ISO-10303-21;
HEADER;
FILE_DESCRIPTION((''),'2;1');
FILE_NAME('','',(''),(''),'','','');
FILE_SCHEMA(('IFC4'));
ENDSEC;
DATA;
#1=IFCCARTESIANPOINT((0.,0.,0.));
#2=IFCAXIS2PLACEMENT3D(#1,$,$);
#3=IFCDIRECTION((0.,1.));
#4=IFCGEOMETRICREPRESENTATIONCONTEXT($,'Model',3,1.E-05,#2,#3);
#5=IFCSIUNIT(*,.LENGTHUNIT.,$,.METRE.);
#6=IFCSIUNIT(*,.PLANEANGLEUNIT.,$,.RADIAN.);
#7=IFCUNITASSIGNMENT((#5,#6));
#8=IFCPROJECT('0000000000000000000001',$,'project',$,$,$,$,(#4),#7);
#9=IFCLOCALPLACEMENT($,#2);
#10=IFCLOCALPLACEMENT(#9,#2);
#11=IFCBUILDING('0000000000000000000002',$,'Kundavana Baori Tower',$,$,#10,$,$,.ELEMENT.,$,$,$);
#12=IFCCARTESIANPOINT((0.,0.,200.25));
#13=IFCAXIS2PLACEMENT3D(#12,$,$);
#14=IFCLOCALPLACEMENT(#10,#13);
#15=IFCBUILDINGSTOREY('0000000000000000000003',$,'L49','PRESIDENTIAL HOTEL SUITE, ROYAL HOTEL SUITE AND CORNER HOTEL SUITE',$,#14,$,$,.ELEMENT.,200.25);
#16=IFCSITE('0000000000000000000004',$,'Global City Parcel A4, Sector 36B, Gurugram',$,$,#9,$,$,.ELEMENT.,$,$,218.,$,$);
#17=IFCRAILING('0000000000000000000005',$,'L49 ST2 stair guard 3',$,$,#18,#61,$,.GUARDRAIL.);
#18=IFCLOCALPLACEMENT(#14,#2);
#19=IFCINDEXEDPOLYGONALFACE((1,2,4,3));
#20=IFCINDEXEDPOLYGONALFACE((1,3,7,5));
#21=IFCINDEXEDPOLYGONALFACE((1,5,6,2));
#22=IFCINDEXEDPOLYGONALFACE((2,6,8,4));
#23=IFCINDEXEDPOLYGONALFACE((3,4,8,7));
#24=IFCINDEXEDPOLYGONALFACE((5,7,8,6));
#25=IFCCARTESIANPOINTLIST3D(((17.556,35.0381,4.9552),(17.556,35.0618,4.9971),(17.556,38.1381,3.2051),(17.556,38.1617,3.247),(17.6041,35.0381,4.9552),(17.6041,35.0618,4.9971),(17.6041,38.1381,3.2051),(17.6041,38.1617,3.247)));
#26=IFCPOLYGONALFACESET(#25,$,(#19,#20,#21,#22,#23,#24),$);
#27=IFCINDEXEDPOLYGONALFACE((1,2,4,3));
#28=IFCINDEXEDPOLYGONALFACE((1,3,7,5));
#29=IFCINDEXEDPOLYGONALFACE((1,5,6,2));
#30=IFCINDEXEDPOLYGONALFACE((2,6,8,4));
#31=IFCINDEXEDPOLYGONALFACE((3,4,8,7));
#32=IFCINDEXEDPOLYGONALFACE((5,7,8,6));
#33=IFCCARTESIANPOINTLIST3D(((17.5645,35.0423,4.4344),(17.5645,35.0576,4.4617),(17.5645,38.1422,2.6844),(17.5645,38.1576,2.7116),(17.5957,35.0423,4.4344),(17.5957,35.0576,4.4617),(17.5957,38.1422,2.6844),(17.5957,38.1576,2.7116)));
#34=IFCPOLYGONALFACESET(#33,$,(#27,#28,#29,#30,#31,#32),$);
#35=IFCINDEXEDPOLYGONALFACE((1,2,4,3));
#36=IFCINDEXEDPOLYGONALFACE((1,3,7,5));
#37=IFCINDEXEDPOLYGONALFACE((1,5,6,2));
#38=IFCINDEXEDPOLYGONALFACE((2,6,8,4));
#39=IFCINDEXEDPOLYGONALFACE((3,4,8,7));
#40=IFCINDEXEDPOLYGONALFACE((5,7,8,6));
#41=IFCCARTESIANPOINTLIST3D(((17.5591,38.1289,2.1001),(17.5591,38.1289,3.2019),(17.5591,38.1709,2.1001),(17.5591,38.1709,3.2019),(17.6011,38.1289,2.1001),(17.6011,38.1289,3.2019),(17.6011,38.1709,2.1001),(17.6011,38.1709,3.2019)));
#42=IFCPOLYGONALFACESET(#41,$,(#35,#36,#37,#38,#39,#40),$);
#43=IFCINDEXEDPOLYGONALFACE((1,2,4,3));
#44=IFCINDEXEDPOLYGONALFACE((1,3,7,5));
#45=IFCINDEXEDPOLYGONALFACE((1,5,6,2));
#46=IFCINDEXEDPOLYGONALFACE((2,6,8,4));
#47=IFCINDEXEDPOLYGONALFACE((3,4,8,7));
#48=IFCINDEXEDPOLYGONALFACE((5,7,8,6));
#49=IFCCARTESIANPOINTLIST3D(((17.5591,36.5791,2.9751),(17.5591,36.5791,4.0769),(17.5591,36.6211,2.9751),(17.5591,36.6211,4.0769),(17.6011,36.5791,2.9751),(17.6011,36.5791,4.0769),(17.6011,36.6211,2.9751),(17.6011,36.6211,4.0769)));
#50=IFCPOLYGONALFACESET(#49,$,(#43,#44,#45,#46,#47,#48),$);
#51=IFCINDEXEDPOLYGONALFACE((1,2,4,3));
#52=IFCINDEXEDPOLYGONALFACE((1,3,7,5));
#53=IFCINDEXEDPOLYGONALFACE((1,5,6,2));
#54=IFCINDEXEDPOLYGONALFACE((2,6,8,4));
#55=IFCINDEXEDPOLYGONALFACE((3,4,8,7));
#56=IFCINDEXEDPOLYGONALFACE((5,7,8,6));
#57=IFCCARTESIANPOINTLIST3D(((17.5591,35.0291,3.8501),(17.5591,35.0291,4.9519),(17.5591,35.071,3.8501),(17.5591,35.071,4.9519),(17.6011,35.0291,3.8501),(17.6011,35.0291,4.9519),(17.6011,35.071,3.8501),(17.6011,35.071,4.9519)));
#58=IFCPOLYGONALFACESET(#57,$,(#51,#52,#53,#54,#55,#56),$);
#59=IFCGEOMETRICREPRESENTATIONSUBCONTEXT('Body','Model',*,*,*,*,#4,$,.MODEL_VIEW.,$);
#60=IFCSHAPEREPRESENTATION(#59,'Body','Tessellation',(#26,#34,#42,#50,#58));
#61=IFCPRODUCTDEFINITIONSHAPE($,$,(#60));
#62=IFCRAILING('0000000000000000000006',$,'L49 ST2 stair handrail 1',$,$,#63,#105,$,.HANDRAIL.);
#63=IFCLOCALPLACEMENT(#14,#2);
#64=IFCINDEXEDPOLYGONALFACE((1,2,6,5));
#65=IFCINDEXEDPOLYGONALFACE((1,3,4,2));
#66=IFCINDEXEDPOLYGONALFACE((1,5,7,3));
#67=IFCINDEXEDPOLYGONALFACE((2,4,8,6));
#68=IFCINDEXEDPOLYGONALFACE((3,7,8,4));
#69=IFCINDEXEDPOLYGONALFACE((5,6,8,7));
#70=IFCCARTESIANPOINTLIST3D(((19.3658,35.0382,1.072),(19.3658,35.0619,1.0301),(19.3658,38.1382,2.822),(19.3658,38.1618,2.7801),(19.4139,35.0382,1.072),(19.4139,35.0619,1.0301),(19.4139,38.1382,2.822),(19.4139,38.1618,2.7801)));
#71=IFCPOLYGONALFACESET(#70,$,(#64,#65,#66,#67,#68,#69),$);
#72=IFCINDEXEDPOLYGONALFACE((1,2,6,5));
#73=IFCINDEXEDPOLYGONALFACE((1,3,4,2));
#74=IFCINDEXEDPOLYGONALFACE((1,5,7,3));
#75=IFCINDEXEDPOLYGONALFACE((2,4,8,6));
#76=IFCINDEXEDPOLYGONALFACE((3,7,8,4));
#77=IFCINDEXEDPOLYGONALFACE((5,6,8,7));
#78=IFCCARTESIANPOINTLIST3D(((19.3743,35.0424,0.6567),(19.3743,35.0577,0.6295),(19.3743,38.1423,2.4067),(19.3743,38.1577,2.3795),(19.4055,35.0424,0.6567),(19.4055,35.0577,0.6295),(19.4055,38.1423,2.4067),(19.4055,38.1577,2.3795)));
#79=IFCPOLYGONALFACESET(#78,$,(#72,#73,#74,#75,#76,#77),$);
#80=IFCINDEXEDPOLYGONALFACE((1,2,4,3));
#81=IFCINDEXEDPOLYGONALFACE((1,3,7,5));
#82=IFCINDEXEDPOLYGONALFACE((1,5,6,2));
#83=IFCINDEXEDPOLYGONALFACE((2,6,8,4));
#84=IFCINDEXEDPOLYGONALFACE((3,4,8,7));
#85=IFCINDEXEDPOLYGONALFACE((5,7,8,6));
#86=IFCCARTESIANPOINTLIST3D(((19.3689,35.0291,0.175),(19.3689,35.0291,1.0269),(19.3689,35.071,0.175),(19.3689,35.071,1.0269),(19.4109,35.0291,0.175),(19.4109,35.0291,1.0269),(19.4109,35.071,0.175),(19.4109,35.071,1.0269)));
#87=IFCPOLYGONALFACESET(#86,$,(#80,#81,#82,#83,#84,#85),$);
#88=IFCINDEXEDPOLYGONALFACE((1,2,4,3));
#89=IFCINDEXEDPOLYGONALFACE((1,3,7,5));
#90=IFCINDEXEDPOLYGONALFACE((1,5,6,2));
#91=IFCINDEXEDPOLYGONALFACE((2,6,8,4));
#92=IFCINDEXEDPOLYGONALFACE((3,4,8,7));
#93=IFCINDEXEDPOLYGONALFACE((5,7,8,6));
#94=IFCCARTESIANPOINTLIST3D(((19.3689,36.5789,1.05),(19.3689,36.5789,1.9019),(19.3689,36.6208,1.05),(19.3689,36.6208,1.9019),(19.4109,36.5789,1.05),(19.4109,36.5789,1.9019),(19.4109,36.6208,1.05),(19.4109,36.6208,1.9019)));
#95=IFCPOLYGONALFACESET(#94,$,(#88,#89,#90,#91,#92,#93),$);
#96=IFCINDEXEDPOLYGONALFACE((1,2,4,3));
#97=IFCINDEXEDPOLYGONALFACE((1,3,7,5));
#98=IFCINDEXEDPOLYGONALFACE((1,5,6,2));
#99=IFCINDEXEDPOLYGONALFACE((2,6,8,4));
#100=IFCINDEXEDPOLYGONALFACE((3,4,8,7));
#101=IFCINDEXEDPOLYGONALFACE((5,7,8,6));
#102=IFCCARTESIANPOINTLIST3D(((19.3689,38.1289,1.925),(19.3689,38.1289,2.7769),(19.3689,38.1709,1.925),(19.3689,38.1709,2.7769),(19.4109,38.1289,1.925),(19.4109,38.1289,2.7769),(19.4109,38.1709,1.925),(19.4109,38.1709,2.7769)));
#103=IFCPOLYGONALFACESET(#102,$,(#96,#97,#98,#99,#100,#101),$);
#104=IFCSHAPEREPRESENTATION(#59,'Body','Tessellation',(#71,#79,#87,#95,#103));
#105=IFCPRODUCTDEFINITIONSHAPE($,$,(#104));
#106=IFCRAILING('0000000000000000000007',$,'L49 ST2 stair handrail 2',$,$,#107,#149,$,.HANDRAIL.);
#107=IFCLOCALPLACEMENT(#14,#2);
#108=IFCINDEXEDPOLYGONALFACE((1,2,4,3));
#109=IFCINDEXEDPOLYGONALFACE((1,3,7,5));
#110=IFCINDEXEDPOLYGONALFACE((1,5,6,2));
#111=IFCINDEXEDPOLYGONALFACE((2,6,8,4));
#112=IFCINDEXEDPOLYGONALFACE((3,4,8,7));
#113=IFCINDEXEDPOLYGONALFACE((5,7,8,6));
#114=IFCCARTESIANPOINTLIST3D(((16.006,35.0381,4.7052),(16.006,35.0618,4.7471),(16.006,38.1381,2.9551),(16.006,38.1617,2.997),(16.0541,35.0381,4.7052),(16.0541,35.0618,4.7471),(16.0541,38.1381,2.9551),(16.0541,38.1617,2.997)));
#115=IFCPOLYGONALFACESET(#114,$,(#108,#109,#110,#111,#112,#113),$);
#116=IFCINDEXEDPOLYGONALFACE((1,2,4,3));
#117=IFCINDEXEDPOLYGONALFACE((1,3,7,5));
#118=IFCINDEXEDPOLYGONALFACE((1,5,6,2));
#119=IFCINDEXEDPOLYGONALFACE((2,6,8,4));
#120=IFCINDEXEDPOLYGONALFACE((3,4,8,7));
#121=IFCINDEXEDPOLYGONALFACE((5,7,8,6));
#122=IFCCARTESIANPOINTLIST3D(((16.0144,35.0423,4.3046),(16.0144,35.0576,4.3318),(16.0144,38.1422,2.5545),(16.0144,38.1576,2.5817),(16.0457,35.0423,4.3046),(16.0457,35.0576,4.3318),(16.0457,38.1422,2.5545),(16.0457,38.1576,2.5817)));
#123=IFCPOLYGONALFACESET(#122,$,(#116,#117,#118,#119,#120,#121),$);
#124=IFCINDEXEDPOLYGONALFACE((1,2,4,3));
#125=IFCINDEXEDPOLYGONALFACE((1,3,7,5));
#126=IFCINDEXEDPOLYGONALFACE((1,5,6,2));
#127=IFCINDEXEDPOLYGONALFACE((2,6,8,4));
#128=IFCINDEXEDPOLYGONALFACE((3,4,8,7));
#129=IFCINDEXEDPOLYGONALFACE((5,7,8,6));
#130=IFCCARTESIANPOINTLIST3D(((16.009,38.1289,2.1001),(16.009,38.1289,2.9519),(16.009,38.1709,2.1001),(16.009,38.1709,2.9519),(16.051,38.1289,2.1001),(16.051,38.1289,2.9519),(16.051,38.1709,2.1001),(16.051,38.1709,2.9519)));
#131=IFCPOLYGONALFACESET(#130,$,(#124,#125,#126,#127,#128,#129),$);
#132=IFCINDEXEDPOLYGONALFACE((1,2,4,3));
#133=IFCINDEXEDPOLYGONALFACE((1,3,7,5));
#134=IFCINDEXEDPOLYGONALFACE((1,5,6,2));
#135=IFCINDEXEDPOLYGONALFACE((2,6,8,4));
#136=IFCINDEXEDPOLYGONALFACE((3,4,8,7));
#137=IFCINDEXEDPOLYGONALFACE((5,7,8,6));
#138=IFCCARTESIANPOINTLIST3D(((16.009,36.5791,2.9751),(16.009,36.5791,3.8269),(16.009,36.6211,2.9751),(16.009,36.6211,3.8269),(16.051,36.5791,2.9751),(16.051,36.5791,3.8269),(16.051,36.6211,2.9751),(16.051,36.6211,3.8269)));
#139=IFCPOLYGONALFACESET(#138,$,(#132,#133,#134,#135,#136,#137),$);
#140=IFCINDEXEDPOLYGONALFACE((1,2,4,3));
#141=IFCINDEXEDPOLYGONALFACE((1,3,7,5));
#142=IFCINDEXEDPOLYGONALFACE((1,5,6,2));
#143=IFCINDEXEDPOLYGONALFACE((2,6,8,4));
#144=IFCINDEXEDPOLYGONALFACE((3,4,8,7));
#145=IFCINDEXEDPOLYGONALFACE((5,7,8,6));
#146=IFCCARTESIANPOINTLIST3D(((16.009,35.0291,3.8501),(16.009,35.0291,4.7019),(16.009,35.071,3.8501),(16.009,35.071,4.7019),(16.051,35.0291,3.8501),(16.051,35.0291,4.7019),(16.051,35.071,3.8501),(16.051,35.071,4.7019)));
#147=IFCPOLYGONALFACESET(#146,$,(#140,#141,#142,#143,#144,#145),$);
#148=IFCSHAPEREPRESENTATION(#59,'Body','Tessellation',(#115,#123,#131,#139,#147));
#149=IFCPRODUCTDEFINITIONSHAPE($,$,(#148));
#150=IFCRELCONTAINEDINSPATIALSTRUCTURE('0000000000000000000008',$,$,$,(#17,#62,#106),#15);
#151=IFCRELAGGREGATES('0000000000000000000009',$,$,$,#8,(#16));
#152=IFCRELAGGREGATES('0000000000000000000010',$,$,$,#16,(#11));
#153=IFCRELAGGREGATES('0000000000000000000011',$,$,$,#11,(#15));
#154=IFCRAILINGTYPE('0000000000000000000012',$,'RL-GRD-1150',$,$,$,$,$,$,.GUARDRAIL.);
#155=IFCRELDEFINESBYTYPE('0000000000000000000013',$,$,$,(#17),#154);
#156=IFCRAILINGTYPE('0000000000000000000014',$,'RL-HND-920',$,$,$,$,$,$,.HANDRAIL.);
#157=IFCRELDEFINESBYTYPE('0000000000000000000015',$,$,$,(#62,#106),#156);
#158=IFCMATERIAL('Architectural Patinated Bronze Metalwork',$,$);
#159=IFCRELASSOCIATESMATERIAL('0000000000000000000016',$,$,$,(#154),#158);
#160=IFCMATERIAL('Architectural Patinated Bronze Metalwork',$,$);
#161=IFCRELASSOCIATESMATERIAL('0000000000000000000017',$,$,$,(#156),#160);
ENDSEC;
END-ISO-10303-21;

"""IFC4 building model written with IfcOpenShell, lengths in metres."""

from ifc_helpers import new_model, si_unit, direction, frame, origin, origin_2d, place, context, subcontext, project, spatial, rectangle, extrude, material, type_object, element, save


model = new_model("IFC4")

# Units and contexts
model_context = context("Model", 3, precision=1e-05, world=origin(), true_north=direction((0.0, 1.0)))
body_context = subcontext(model_context, "Body", "Model", "MODEL_VIEW")
ifc_project = project(units=[si_unit("LENGTHUNIT", "METRE"), si_unit("PLANEANGLEUNIT", "RADIAN")], contexts=[model_context])

# Site, building, storey
site_placement = place(None, origin())
site = spatial("IfcSite", under=ifc_project, at=site_placement, Name="Global City Parcel A4, Sector 36B, Gurugram", CompositionType="ELEMENT", RefElevation=218.0)
building_placement = place(site_placement, origin())
building = spatial("IfcBuilding", under=site, at=building_placement, Name="Kundavana Baori Tower", CompositionType="ELEMENT")
storey_placement = place(building_placement, frame((0.0, 0.0, 200.25)))
storey = spatial("IfcBuildingStorey", under=building, at=storey_placement, Name="L49", Description="PRESIDENTIAL HOTEL SUITE, ROYAL HOTEL SUITE AND CORNER HOTEL SUITE", CompositionType="ELEMENT", Elevation=200.25)

# Railings
ifc_material_1 = material(Name="Architectural Patinated Bronze Metalwork")
railing_type_1 = type_object("IfcRailingType", Name="RL-GRD-1150", PredefinedType="GUARDRAIL", material=ifc_material_1)
railing_1_placement = place(storey_placement, frame((17.5801, 38.1499, 2.1001)))
element("IfcRailing", 1, at=railing_1_placement, inside=storey, type_object=railing_type_1, Name="L49 ST2 stair guard 3", PredefinedType="GUARDRAIL", context=body_context, shape_type="SweptSolid", body=[
    extrude(rectangle(XDim=0.0481, YDim=0.0481, at=origin_2d()), frame((0.0, 0.0, 1.126), z_axis=(0.0, -0.870814, 0.491612), x_axis=(1.0, 0.0, 0.0)), (0.0, 0.0, 1.0), 3.5598),
    extrude(rectangle(XDim=0.0312, YDim=0.0312, at=origin_2d()), frame((0.0, 0.0, 0.5979), z_axis=(0.0, -0.870814, 0.491612), x_axis=(1.0, 0.0, 0.0)), (0.0, 0.0, 1.0), 3.5598),
    extrude(rectangle(XDim=0.042, YDim=0.042, at=origin_2d()), origin(), (0.0, 0.0, 1.0), 1.1018),
    extrude(rectangle(XDim=0.042, YDim=0.042, at=origin_2d()), frame((0.0, -1.5498, 0.875)), (0.0, 0.0, 1.0), 1.1018),
    extrude(rectangle(XDim=0.042, YDim=0.042, at=origin_2d()), frame((0.0, -3.0999, 1.75)), (0.0, 0.0, 1.0), 1.1018),
])
ifc_material_2 = material(Name="Architectural Patinated Bronze Metalwork")
railing_type_2 = type_object("IfcRailingType", Name="RL-HND-920", PredefinedType="HANDRAIL", material=ifc_material_2)
railing_2_placement = place(storey_placement, frame((19.3899, 35.05, 0.175)))
element("IfcRailing", 2, at=railing_2_placement, inside=storey, type_object=railing_type_2, Name="L49 ST2 stair handrail 1", PredefinedType="HANDRAIL", context=body_context, shape_type="SweptSolid", body=[
    extrude(rectangle(XDim=0.0481, YDim=0.0481, at=origin_2d()), frame((0.0, 0.0, 0.876), z_axis=(0.0, 0.870814, 0.491612), x_axis=(-1.0, 0.0, 0.0)), (0.0, 0.0, 1.0), 3.5598),
    extrude(rectangle(XDim=0.0312, YDim=0.0312, at=origin_2d()), frame((0.0, 0.0, 0.468), z_axis=(0.0, 0.870814, 0.491612), x_axis=(-1.0, 0.0, 0.0)), (0.0, 0.0, 1.0), 3.5598),
    extrude(rectangle(XDim=0.042, YDim=0.042, at=origin_2d()), origin(), (0.0, 0.0, 1.0), 0.8518),
    extrude(rectangle(XDim=0.042, YDim=0.042, at=origin_2d()), frame((0.0, 1.5498, 0.875)), (0.0, 0.0, 1.0), 0.8518),
    extrude(rectangle(XDim=0.042, YDim=0.042, at=origin_2d()), frame((0.0, 3.0999, 1.75)), (0.0, 0.0, 1.0), 0.8518),
])
railing_3_placement = place(storey_placement, frame((16.03, 38.1499, 2.1001)))
element("IfcRailing", 3, at=railing_3_placement, inside=storey, type_object=railing_type_2, Name="L49 ST2 stair handrail 2", PredefinedType="HANDRAIL", context=body_context, shape_type="SweptSolid", body=[
    extrude(rectangle(XDim=0.0481, YDim=0.0481, at=origin_2d()), frame((0.0, 0.0, 0.876), z_axis=(0.0, -0.870814, 0.491612), x_axis=(1.0, 0.0, 0.0)), (0.0, 0.0, 1.0), 3.5598),
    extrude(rectangle(XDim=0.0312, YDim=0.0312, at=origin_2d()), frame((0.0, 0.0, 0.468), z_axis=(0.0, -0.870814, 0.491612), x_axis=(1.0, 0.0, 0.0)), (0.0, 0.0, 1.0), 3.5598),
    extrude(rectangle(XDim=0.042, YDim=0.042, at=origin_2d()), origin(), (0.0, 0.0, 1.0), 0.8518),
    extrude(rectangle(XDim=0.042, YDim=0.042, at=origin_2d()), frame((0.0, -1.5498, 0.875)), (0.0, 0.0, 1.0), 0.8518),
    extrude(rectangle(XDim=0.042, YDim=0.042, at=origin_2d()), frame((0.0, -3.0999, 1.75)), (0.0, 0.0, 1.0), 0.8518),
])

save(model, "model.ifc")
